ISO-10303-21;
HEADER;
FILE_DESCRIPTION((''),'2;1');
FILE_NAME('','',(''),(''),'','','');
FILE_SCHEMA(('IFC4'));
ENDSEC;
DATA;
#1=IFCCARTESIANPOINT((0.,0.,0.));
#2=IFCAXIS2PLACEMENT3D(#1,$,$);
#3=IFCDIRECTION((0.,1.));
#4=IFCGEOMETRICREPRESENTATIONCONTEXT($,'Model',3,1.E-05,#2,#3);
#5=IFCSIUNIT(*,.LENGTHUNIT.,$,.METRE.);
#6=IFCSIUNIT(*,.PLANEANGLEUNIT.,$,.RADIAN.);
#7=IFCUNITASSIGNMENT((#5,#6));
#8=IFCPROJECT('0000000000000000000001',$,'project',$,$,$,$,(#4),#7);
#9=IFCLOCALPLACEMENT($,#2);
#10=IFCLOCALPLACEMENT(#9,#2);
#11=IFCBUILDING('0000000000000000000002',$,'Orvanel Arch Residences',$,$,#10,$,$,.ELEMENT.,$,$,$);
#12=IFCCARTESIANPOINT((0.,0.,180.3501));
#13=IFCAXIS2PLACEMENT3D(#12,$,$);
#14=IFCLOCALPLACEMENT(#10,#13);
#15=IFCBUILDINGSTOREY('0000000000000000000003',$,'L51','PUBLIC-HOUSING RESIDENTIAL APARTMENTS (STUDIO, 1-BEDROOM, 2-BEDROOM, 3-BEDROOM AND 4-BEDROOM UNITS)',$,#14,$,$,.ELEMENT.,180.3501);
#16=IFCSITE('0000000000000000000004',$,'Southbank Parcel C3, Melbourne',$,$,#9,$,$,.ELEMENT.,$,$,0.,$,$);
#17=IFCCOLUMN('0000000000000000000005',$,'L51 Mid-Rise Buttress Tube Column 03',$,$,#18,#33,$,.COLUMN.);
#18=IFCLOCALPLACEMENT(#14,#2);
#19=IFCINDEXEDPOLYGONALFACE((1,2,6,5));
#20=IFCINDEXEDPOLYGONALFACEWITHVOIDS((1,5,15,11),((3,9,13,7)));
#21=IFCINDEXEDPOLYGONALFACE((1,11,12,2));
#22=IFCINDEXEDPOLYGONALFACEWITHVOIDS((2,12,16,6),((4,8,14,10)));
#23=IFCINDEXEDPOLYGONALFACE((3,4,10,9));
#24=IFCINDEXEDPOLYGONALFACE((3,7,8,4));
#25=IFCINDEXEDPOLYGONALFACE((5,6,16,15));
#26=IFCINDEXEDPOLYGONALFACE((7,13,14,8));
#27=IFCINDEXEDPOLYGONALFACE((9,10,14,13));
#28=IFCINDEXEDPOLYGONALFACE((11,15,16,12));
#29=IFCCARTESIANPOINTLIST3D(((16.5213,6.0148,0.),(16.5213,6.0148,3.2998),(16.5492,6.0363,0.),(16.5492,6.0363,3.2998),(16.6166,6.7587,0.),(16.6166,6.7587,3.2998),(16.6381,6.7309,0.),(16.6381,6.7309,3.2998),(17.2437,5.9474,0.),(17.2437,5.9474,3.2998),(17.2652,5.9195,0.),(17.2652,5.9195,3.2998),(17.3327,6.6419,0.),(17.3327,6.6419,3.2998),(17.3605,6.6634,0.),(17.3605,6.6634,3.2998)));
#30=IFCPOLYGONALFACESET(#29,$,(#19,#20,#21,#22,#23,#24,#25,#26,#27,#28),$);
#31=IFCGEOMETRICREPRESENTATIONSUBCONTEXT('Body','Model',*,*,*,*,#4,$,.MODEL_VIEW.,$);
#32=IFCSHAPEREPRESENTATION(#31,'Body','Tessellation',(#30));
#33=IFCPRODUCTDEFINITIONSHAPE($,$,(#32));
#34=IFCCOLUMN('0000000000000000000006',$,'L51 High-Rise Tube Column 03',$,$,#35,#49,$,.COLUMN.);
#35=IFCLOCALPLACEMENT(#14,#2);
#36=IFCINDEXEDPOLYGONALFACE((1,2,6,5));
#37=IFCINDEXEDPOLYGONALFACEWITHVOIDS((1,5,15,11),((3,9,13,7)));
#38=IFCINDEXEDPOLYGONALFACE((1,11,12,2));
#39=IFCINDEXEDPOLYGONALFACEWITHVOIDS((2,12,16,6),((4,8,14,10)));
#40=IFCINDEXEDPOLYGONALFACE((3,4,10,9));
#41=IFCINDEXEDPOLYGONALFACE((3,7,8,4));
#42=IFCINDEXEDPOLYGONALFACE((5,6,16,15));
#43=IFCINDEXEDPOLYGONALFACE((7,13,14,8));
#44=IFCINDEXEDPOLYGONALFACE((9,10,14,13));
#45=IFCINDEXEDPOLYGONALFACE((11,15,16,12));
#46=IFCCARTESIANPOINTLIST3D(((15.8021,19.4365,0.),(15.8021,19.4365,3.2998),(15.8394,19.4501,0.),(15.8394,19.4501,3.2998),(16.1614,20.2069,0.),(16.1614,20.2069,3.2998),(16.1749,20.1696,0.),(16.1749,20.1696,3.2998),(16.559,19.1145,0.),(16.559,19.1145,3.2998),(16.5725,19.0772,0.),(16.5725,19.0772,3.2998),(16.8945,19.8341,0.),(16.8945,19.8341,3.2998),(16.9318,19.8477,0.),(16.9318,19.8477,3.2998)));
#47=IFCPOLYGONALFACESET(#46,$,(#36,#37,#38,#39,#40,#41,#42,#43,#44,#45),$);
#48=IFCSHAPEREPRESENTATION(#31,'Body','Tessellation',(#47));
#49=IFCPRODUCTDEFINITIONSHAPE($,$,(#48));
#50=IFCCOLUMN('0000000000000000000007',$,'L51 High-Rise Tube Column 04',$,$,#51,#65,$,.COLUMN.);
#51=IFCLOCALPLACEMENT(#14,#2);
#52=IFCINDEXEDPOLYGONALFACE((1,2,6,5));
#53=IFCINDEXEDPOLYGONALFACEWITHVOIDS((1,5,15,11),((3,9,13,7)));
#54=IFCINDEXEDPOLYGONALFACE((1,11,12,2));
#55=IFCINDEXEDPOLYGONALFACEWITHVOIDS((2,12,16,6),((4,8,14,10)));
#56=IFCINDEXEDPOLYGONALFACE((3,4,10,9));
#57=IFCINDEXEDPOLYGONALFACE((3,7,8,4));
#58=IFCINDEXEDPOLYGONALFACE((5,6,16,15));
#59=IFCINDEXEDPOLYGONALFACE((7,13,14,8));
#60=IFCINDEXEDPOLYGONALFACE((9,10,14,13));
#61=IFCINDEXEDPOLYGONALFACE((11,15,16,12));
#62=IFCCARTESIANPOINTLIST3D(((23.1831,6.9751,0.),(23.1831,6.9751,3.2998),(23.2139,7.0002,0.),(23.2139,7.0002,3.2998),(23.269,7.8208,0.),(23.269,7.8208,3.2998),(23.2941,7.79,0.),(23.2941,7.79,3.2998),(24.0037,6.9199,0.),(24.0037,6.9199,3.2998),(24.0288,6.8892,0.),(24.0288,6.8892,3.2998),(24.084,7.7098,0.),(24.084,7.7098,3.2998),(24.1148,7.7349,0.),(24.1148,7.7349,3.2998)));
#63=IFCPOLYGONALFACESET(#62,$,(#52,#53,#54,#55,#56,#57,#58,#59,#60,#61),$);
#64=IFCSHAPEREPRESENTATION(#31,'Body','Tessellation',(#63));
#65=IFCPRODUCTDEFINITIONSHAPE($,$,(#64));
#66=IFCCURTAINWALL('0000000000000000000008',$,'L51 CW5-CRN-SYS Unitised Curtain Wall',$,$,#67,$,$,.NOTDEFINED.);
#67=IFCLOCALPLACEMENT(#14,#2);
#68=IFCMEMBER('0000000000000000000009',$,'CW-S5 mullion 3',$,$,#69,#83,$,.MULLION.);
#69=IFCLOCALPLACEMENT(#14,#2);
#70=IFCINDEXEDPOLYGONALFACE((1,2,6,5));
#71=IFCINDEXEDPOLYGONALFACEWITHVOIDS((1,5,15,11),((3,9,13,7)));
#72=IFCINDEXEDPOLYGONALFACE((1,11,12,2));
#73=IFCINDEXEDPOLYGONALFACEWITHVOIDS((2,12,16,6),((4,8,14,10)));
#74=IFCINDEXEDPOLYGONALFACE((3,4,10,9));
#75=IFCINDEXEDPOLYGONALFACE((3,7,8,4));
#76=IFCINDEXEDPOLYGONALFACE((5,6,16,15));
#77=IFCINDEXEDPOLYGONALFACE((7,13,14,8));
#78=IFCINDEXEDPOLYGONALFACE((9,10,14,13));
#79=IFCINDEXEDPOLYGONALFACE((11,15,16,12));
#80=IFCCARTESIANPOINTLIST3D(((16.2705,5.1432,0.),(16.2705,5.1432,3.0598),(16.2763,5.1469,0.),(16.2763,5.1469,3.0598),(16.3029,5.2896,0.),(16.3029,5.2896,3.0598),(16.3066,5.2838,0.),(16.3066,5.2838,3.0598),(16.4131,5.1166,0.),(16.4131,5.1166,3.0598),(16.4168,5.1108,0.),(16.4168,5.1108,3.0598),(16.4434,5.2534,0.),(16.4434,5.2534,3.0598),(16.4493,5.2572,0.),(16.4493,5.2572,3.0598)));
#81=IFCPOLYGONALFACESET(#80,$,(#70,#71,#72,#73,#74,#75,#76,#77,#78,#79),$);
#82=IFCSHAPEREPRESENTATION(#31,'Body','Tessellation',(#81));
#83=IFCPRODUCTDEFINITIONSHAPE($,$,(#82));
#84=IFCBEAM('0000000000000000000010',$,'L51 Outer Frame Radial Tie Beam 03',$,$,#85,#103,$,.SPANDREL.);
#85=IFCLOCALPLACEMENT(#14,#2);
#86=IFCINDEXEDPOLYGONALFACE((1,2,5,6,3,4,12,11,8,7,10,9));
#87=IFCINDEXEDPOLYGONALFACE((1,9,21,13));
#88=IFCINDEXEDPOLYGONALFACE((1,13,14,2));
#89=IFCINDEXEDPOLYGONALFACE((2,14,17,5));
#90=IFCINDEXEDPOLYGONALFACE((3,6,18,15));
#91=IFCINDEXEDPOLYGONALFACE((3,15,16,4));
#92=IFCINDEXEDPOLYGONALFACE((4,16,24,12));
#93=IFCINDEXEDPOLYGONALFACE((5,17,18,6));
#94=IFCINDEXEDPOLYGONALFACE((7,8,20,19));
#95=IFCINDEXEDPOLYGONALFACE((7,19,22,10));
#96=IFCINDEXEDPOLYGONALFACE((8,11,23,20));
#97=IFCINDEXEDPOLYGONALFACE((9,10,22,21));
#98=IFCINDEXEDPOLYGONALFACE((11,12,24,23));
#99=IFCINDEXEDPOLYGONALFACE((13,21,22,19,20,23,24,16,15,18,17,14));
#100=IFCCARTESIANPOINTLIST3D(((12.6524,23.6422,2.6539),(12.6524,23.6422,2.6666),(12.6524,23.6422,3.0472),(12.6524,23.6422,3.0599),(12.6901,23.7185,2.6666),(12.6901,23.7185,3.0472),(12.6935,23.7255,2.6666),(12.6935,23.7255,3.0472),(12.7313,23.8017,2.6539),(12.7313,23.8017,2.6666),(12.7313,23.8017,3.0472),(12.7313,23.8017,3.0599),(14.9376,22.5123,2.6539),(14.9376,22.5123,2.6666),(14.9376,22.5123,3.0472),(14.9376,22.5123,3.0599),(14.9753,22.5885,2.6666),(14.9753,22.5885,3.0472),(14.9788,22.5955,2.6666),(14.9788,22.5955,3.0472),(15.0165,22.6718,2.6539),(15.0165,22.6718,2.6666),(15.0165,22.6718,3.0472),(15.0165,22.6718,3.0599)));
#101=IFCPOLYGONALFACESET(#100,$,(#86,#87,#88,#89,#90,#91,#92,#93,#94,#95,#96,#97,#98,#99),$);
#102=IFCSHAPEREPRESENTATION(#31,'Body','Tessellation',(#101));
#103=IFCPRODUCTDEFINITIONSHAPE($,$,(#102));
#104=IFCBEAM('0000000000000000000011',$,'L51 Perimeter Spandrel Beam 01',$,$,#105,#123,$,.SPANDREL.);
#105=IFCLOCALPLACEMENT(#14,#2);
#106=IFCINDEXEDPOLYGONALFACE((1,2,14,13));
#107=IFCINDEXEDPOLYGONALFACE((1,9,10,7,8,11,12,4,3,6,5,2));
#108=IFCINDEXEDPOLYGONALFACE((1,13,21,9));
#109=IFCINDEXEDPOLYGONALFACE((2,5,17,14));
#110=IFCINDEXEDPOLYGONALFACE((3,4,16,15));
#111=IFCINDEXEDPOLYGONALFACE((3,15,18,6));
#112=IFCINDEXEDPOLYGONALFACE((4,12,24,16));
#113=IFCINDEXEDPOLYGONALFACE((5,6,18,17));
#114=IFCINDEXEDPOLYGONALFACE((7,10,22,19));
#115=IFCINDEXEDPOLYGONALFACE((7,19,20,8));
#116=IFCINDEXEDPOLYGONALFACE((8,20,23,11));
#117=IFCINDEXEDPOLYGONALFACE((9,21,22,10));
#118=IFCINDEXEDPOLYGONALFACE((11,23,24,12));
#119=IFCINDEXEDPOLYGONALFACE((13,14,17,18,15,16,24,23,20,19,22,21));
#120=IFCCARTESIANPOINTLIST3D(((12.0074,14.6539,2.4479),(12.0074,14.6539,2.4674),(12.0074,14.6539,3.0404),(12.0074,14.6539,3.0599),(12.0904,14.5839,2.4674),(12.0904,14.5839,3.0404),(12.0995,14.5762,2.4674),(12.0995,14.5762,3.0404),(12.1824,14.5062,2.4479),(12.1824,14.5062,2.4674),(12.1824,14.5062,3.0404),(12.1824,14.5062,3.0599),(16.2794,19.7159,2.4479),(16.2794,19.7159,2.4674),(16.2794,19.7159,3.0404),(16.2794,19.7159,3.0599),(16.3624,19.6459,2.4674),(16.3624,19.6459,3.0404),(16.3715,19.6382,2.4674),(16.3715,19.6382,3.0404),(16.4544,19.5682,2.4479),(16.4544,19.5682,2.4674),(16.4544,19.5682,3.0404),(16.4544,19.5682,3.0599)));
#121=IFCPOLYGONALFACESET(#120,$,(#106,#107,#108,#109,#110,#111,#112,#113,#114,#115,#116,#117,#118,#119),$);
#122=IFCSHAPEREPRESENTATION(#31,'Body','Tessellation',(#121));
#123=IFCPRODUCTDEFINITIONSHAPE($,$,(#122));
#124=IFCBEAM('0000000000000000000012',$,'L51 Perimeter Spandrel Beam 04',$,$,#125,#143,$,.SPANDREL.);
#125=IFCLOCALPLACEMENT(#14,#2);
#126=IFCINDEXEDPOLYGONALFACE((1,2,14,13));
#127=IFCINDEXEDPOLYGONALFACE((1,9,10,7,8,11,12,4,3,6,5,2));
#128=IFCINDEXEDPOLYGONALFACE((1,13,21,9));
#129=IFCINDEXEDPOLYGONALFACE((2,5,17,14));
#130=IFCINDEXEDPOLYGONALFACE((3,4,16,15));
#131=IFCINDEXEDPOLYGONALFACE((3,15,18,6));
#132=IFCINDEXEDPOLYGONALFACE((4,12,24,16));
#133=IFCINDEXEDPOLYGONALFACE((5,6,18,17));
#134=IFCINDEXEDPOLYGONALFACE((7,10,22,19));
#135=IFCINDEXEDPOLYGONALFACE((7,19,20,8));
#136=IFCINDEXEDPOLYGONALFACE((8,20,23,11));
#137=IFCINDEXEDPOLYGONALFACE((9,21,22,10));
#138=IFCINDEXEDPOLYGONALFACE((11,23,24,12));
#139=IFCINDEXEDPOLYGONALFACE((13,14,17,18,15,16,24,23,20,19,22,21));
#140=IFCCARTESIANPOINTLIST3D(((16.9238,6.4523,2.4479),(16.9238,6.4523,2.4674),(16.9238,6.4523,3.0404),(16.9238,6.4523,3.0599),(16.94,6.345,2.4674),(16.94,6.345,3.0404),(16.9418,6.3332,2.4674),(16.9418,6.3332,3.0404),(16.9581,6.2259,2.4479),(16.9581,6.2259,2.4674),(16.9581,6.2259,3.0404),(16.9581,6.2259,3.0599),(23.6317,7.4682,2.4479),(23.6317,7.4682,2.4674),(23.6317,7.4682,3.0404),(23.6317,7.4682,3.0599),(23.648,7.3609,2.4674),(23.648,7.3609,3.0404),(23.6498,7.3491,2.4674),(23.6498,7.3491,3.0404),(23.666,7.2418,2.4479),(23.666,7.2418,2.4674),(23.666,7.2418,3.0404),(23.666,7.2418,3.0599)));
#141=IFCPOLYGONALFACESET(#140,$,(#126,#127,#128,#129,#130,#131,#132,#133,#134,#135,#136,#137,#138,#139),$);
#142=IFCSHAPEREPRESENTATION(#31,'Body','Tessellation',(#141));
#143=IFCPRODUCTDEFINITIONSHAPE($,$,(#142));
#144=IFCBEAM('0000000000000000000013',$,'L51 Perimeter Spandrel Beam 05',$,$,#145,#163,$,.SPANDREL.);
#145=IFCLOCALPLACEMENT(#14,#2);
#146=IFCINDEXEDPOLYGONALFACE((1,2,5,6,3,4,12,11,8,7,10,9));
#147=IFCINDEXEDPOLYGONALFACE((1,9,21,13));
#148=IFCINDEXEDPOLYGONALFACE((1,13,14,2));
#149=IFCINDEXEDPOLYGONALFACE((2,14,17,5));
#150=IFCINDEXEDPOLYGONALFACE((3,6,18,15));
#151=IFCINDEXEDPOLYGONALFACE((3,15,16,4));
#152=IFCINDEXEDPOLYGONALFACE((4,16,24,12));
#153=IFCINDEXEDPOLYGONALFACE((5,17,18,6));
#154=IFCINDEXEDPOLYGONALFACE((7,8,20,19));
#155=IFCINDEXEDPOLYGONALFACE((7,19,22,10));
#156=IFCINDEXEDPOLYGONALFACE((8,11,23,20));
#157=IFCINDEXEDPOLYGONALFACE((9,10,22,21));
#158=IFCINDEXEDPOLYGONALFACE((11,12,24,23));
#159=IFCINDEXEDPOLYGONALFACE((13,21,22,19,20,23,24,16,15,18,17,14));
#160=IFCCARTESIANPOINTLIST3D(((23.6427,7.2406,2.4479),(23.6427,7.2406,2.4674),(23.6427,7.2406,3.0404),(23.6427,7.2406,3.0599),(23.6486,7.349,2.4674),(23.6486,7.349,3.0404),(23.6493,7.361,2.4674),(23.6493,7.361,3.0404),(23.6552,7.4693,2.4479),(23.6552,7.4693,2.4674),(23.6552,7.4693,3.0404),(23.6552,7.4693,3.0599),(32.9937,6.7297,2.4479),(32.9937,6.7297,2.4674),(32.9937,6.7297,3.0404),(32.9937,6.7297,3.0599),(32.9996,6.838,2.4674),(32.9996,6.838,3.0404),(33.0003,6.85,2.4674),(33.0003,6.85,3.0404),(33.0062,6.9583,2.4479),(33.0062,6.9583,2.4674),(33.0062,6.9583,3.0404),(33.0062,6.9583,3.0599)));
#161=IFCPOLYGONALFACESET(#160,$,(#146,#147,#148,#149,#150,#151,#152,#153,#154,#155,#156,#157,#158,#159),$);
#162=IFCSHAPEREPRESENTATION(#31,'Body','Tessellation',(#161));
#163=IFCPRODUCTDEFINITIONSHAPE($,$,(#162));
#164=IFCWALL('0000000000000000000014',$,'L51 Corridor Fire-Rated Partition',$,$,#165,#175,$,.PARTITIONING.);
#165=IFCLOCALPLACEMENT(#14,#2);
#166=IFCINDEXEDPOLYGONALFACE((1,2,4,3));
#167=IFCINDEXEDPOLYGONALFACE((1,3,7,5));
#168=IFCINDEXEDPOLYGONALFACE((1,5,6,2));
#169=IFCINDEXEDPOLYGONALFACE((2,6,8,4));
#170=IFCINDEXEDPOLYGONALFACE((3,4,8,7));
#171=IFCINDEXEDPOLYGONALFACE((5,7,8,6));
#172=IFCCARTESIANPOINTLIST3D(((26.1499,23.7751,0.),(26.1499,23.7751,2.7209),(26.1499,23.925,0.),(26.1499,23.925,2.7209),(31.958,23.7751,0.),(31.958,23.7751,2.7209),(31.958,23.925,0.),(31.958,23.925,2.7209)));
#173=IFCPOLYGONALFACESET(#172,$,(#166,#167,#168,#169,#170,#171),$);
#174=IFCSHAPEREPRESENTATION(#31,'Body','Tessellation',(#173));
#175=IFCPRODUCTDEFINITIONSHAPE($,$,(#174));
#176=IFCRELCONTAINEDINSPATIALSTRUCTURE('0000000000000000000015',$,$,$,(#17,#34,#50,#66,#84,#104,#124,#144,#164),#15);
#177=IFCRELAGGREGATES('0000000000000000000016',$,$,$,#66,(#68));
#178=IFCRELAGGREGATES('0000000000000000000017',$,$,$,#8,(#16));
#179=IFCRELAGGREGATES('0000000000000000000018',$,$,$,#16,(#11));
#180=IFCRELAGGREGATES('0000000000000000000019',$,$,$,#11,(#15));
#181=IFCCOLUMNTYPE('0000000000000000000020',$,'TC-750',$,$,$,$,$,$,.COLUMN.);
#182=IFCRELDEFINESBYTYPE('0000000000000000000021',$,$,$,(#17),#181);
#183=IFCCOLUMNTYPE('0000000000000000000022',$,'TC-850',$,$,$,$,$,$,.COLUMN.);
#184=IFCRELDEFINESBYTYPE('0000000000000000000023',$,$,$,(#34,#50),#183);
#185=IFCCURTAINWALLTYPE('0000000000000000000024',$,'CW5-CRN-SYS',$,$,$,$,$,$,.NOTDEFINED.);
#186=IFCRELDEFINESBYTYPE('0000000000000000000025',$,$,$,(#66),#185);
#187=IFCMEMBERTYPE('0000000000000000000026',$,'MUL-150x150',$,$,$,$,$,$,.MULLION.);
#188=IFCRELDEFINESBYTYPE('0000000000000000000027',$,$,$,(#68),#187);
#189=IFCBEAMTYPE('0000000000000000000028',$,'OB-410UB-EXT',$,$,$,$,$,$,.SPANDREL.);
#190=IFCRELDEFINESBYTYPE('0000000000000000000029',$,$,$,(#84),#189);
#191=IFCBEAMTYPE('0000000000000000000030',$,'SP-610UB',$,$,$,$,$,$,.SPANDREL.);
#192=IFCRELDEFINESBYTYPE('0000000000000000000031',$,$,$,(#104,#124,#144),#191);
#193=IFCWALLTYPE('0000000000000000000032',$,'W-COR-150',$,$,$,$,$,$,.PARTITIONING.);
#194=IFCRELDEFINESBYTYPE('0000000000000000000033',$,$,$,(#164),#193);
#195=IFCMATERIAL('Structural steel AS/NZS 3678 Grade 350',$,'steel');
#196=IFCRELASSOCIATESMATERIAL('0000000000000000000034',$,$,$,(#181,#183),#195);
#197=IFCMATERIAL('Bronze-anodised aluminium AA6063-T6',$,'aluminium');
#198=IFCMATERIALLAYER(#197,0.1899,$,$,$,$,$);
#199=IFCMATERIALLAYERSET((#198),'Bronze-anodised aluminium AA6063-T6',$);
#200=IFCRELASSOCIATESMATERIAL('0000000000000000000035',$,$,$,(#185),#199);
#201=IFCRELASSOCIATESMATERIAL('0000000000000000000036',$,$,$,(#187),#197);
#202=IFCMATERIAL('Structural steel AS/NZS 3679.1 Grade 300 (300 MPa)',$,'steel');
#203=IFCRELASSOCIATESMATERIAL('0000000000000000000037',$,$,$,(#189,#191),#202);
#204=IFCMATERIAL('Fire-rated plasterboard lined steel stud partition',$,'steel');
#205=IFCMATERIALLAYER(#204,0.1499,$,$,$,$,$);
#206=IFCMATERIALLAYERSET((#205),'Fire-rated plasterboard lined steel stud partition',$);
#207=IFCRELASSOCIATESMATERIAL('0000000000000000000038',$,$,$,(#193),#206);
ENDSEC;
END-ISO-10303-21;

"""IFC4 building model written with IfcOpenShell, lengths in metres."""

from ifc_helpers import new_model, si_unit, direction, frame, frame_2d, origin, origin_2d, place, context, subcontext, project, spatial, rectangle, hollow_rectangle, i_section, extrude, material, layer, layer_set, material_profile, profile_set, type_object, element, aggregate, save


model = new_model("IFC4")

# Units and contexts
model_context = context("Model", 3, precision=1e-05, world=origin(), true_north=direction((0.0, 1.0)))
body_context = subcontext(model_context, "Body", "Model", "MODEL_VIEW")
ifc_project = project(units=[si_unit("LENGTHUNIT", "METRE"), si_unit("PLANEANGLEUNIT", "RADIAN")], contexts=[model_context])

# Site, building, storey
site_placement = place(None, origin())
site = spatial("IfcSite", under=ifc_project, at=site_placement, Name="Southbank Parcel C3, Melbourne", CompositionType="ELEMENT", RefElevation=0.0)
building_placement = place(site_placement, origin())
building = spatial("IfcBuilding", under=site, at=building_placement, Name="Orvanel Arch Residences", CompositionType="ELEMENT")
storey_placement = place(building_placement, frame((0.0, 0.0, 180.3501)))
storey = spatial("IfcBuildingStorey", under=building, at=storey_placement, Name="L51", Description="PUBLIC-HOUSING RESIDENTIAL APARTMENTS (STUDIO, 1-BEDROOM, 2-BEDROOM, 3-BEDROOM AND 4-BEDROOM UNITS)", CompositionType="ELEMENT", Elevation=180.3501)

# Columns
ifc_material_1 = material(Name="Structural steel AS/NZS 3678 Grade 350", Category="steel")
ifc_material_profile_1 = material_profile(ifc_material_1, hollow_rectangle(XDim=0.75, YDim=0.75, WallThickness=0.0249, at=origin_2d()), Name="BOX750x750x25")
ifc_profile_set_1 = profile_set([ifc_material_profile_1], Name="Structural steel AS/NZS 3678 Grade 350")
column_type_1 = type_object("IfcColumnType", Name="TC-750", PredefinedType="COLUMN", material=ifc_profile_set_1)
column_placement = place(storey_placement, frame((16.9409, 6.3391, 0.0), z_axis=(0.0, 0.0, 1.0), x_axis=(-0.991894, 0.127065, 0.0)))
element("IfcColumn", 1, at=column_placement, inside=storey, type_object=column_type_1, Name="L51 Mid-Rise Buttress Tube Column 03", PredefinedType="COLUMN", context=body_context, shape_type="SweptSolid", body=[
    extrude(hollow_rectangle(XDim=0.75, YDim=0.75, WallThickness=0.0249, at=origin_2d()), origin(), (0.0, 0.0, 1.0), 3.2998),
])
ifc_material_profile_2 = material_profile(ifc_material_1, hollow_rectangle(XDim=0.8501, YDim=0.8501, WallThickness=0.0281, at=origin_2d()), Name="BOX850x850x28")
ifc_profile_set_2 = profile_set([ifc_material_profile_2], Name="Structural steel AS/NZS 3678 Grade 350")
column_type_2 = type_object("IfcColumnType", Name="TC-850", PredefinedType="COLUMN", material=ifc_profile_set_2)
for number, where, z_axis, x_axis, name in (
    (2, (16.3669, 19.6421, 0.0), (0.0, 0.0, 1.0), (0.422618, 0.906308, 0.0), "L51 High-Rise Tube Column 03"),
    (3, (23.6489, 7.355, 0.0), (0.0, 0.0, 1.0), (-0.994881, 0.101056, 0.0), "L51 High-Rise Tube Column 04"),
):
    element("IfcColumn", number, at=place(storey_placement, frame(where, z_axis=z_axis, x_axis=x_axis)), inside=storey, type_object=column_type_2, Name=name, PredefinedType="COLUMN", context=body_context, shape_type="SweptSolid", body=[
        extrude(hollow_rectangle(XDim=0.8501, YDim=0.8501, WallThickness=0.0281, at=origin_2d()), origin(), (0.0, 0.0, 1.0), 3.2998),
    ])

# Curtain wall, member
ifc_material_2 = material(Name="Bronze-anodised aluminium AA6063-T6", Category="aluminium")
ifc_layer_1 = layer(ifc_material_2, 0.1899)
ifc_layer_set_1 = layer_set([ifc_layer_1], Name="Bronze-anodised aluminium AA6063-T6")
curtain_wall_type = type_object("IfcCurtainWallType", Name="CW5-CRN-SYS", PredefinedType="NOTDEFINED", material=ifc_layer_set_1)
curtain_wall_placement = place(storey_placement, origin())
curtain_wall = element("IfcCurtainWall", 4, at=curtain_wall_placement, inside=storey, type_object=curtain_wall_type, Name="L51 CW5-CRN-SYS Unitised Curtain Wall", PredefinedType="NOTDEFINED")
ifc_material_profile_3 = material_profile(ifc_material_2, hollow_rectangle(XDim=0.1499, YDim=0.1499, WallThickness=0.0049, at=origin_2d()), Name="ALU150x150x5")
ifc_profile_set_3 = profile_set([ifc_material_profile_3], Name="Bronze-anodised aluminium AA6063-T6")
member_type = type_object("IfcMemberType", Name="MUL-150x150", PredefinedType="MULLION", material=ifc_profile_set_3)
member_placement = place(storey_placement, frame((16.3599, 5.2002, 0.0), z_axis=(0.0, 0.0, 1.0), x_axis=(0.216373, 0.976311, 0.0)))
member = element("IfcMember", 5, at=member_placement, type_object=member_type, Name="CW-S5 mullion 3", PredefinedType="MULLION", context=body_context, shape_type="SweptSolid", body=[
    extrude(hollow_rectangle(XDim=0.1499, YDim=0.1499, WallThickness=0.0049, at=origin_2d()), origin(), (0.0, 0.0, 1.0), 3.0598),
])
aggregate(curtain_wall, [member])

# Beams
ifc_material_3 = material(Name="Structural steel AS/NZS 3679.1 Grade 300 (300 MPa)", Category="steel")
ifc_material_profile_4 = material_profile(ifc_material_3, i_section(OverallWidth=0.178, OverallDepth=0.406, WebThickness=0.0078, FlangeThickness=0.0127, at=origin_2d()), Name="410UB59.7")
ifc_profile_set_4 = profile_set([ifc_material_profile_4], Name="Structural steel AS/NZS 3679.1 Grade 300 (300 MPa)")
beam_type_1 = type_object("IfcBeamType", Name="OB-410UB-EXT", PredefinedType="SPANDREL", material=ifc_profile_set_4)
beam_1_placement = place(storey_placement, frame((14.9771, 22.592, 2.8569), z_axis=(-0.89641, 0.443225, 0.0), x_axis=(-0.443225, -0.89641, 0.0)))
element("IfcBeam", 6, at=beam_1_placement, inside=storey, type_object=beam_type_1, Name="L51 Outer Frame Radial Tie Beam 03", PredefinedType="SPANDREL", context=body_context, shape_type="SweptSolid", body=[
    extrude(i_section(OverallWidth=0.178, OverallDepth=0.406, WebThickness=0.0078, FlangeThickness=0.0127, at=origin_2d()), origin(), (0.0, 0.0, 1.0), 2.5493),
])
ifc_material_profile_5 = material_profile(ifc_material_3, i_section(OverallWidth=0.229, OverallDepth=0.6121, WebThickness=0.012, FlangeThickness=0.0195, at=origin_2d()), Name="610UB125")
ifc_profile_set_5 = profile_set([ifc_material_profile_5], Name="Structural steel AS/NZS 3679.1 Grade 300 (300 MPa)")
beam_type_2 = type_object("IfcBeamType", Name="SP-610UB", PredefinedType="SPANDREL", material=ifc_profile_set_5)
beam_2_placement = place(storey_placement, frame((16.3669, 19.6421, 2.7539), z_axis=(-0.64495, -0.764224, 0.0), x_axis=(0.764224, -0.64495, 0.0)))
element("IfcBeam", 7, at=beam_2_placement, inside=storey, type_object=beam_type_2, Name="L51 Perimeter Spandrel Beam 01", PredefinedType="SPANDREL", context=body_context, shape_type="SweptSolid", body=[
    extrude(i_section(OverallWidth=0.229, OverallDepth=0.6121, WebThickness=0.012, FlangeThickness=0.0195, at=origin_2d()), origin(), (0.0, 0.0, 1.0), 6.6238),
])
beam_3_placement = place(storey_placement, frame((16.9409, 6.3391, 2.7539), z_axis=(0.988726, 0.149734, 0.0), x_axis=(-0.149734, 0.988726, 0.0)))
element("IfcBeam", 8, at=beam_3_placement, inside=storey, type_object=beam_type_2, Name="L51 Perimeter Spandrel Beam 04", PredefinedType="SPANDREL", context=body_context, shape_type="SweptSolid", body=[
    extrude(i_section(OverallWidth=0.229, OverallDepth=0.6121, WebThickness=0.012, FlangeThickness=0.0195, at=origin_2d()), origin(), (0.0, 0.0, 1.0), 6.7844),
])
beam_4_placement = place(storey_placement, frame((23.6489, 7.355, 2.7539), z_axis=(0.99851, -0.054563, 0.0), x_axis=(0.054563, 0.99851, 0.0)))
element("IfcBeam", 9, at=beam_4_placement, inside=storey, type_object=beam_type_2, Name="L51 Perimeter Spandrel Beam 05", PredefinedType="SPANDREL", context=body_context, shape_type="SweptSolid", body=[
    extrude(i_section(OverallWidth=0.229, OverallDepth=0.6121, WebThickness=0.012, FlangeThickness=0.0195, at=origin_2d()), origin(), (0.0, 0.0, 1.0), 9.365),
])

# Wall
ifc_material_4 = material(Name="Fire-rated plasterboard lined steel stud partition", Category="steel")
ifc_layer_2 = layer(ifc_material_4, 0.1499)
ifc_layer_set_2 = layer_set([ifc_layer_2], Name="Fire-rated plasterboard lined steel stud partition")
wall_type_1 = type_object("IfcWallType", Name="W-COR-150", PredefinedType="PARTITIONING", material=ifc_layer_set_2)
wall_1_placement = place(storey_placement, frame((31.958, 23.8501, 0.0), z_axis=(0.0, 0.0, 1.0), x_axis=(-1.0, 0.0, 0.0)))
element("IfcWall", 10, at=wall_1_placement, inside=storey, type_object=wall_type_1, Name="L51 Corridor Fire-Rated Partition", PredefinedType="PARTITIONING", context=body_context, shape_type="SweptSolid", body=[
    extrude(rectangle(XDim=5.8081, YDim=0.1499, at=frame_2d((2.9041, 0.0))), origin(), (0.0, 0.0, 1.0), 2.7209),
])

save(model, "model.ifc")
